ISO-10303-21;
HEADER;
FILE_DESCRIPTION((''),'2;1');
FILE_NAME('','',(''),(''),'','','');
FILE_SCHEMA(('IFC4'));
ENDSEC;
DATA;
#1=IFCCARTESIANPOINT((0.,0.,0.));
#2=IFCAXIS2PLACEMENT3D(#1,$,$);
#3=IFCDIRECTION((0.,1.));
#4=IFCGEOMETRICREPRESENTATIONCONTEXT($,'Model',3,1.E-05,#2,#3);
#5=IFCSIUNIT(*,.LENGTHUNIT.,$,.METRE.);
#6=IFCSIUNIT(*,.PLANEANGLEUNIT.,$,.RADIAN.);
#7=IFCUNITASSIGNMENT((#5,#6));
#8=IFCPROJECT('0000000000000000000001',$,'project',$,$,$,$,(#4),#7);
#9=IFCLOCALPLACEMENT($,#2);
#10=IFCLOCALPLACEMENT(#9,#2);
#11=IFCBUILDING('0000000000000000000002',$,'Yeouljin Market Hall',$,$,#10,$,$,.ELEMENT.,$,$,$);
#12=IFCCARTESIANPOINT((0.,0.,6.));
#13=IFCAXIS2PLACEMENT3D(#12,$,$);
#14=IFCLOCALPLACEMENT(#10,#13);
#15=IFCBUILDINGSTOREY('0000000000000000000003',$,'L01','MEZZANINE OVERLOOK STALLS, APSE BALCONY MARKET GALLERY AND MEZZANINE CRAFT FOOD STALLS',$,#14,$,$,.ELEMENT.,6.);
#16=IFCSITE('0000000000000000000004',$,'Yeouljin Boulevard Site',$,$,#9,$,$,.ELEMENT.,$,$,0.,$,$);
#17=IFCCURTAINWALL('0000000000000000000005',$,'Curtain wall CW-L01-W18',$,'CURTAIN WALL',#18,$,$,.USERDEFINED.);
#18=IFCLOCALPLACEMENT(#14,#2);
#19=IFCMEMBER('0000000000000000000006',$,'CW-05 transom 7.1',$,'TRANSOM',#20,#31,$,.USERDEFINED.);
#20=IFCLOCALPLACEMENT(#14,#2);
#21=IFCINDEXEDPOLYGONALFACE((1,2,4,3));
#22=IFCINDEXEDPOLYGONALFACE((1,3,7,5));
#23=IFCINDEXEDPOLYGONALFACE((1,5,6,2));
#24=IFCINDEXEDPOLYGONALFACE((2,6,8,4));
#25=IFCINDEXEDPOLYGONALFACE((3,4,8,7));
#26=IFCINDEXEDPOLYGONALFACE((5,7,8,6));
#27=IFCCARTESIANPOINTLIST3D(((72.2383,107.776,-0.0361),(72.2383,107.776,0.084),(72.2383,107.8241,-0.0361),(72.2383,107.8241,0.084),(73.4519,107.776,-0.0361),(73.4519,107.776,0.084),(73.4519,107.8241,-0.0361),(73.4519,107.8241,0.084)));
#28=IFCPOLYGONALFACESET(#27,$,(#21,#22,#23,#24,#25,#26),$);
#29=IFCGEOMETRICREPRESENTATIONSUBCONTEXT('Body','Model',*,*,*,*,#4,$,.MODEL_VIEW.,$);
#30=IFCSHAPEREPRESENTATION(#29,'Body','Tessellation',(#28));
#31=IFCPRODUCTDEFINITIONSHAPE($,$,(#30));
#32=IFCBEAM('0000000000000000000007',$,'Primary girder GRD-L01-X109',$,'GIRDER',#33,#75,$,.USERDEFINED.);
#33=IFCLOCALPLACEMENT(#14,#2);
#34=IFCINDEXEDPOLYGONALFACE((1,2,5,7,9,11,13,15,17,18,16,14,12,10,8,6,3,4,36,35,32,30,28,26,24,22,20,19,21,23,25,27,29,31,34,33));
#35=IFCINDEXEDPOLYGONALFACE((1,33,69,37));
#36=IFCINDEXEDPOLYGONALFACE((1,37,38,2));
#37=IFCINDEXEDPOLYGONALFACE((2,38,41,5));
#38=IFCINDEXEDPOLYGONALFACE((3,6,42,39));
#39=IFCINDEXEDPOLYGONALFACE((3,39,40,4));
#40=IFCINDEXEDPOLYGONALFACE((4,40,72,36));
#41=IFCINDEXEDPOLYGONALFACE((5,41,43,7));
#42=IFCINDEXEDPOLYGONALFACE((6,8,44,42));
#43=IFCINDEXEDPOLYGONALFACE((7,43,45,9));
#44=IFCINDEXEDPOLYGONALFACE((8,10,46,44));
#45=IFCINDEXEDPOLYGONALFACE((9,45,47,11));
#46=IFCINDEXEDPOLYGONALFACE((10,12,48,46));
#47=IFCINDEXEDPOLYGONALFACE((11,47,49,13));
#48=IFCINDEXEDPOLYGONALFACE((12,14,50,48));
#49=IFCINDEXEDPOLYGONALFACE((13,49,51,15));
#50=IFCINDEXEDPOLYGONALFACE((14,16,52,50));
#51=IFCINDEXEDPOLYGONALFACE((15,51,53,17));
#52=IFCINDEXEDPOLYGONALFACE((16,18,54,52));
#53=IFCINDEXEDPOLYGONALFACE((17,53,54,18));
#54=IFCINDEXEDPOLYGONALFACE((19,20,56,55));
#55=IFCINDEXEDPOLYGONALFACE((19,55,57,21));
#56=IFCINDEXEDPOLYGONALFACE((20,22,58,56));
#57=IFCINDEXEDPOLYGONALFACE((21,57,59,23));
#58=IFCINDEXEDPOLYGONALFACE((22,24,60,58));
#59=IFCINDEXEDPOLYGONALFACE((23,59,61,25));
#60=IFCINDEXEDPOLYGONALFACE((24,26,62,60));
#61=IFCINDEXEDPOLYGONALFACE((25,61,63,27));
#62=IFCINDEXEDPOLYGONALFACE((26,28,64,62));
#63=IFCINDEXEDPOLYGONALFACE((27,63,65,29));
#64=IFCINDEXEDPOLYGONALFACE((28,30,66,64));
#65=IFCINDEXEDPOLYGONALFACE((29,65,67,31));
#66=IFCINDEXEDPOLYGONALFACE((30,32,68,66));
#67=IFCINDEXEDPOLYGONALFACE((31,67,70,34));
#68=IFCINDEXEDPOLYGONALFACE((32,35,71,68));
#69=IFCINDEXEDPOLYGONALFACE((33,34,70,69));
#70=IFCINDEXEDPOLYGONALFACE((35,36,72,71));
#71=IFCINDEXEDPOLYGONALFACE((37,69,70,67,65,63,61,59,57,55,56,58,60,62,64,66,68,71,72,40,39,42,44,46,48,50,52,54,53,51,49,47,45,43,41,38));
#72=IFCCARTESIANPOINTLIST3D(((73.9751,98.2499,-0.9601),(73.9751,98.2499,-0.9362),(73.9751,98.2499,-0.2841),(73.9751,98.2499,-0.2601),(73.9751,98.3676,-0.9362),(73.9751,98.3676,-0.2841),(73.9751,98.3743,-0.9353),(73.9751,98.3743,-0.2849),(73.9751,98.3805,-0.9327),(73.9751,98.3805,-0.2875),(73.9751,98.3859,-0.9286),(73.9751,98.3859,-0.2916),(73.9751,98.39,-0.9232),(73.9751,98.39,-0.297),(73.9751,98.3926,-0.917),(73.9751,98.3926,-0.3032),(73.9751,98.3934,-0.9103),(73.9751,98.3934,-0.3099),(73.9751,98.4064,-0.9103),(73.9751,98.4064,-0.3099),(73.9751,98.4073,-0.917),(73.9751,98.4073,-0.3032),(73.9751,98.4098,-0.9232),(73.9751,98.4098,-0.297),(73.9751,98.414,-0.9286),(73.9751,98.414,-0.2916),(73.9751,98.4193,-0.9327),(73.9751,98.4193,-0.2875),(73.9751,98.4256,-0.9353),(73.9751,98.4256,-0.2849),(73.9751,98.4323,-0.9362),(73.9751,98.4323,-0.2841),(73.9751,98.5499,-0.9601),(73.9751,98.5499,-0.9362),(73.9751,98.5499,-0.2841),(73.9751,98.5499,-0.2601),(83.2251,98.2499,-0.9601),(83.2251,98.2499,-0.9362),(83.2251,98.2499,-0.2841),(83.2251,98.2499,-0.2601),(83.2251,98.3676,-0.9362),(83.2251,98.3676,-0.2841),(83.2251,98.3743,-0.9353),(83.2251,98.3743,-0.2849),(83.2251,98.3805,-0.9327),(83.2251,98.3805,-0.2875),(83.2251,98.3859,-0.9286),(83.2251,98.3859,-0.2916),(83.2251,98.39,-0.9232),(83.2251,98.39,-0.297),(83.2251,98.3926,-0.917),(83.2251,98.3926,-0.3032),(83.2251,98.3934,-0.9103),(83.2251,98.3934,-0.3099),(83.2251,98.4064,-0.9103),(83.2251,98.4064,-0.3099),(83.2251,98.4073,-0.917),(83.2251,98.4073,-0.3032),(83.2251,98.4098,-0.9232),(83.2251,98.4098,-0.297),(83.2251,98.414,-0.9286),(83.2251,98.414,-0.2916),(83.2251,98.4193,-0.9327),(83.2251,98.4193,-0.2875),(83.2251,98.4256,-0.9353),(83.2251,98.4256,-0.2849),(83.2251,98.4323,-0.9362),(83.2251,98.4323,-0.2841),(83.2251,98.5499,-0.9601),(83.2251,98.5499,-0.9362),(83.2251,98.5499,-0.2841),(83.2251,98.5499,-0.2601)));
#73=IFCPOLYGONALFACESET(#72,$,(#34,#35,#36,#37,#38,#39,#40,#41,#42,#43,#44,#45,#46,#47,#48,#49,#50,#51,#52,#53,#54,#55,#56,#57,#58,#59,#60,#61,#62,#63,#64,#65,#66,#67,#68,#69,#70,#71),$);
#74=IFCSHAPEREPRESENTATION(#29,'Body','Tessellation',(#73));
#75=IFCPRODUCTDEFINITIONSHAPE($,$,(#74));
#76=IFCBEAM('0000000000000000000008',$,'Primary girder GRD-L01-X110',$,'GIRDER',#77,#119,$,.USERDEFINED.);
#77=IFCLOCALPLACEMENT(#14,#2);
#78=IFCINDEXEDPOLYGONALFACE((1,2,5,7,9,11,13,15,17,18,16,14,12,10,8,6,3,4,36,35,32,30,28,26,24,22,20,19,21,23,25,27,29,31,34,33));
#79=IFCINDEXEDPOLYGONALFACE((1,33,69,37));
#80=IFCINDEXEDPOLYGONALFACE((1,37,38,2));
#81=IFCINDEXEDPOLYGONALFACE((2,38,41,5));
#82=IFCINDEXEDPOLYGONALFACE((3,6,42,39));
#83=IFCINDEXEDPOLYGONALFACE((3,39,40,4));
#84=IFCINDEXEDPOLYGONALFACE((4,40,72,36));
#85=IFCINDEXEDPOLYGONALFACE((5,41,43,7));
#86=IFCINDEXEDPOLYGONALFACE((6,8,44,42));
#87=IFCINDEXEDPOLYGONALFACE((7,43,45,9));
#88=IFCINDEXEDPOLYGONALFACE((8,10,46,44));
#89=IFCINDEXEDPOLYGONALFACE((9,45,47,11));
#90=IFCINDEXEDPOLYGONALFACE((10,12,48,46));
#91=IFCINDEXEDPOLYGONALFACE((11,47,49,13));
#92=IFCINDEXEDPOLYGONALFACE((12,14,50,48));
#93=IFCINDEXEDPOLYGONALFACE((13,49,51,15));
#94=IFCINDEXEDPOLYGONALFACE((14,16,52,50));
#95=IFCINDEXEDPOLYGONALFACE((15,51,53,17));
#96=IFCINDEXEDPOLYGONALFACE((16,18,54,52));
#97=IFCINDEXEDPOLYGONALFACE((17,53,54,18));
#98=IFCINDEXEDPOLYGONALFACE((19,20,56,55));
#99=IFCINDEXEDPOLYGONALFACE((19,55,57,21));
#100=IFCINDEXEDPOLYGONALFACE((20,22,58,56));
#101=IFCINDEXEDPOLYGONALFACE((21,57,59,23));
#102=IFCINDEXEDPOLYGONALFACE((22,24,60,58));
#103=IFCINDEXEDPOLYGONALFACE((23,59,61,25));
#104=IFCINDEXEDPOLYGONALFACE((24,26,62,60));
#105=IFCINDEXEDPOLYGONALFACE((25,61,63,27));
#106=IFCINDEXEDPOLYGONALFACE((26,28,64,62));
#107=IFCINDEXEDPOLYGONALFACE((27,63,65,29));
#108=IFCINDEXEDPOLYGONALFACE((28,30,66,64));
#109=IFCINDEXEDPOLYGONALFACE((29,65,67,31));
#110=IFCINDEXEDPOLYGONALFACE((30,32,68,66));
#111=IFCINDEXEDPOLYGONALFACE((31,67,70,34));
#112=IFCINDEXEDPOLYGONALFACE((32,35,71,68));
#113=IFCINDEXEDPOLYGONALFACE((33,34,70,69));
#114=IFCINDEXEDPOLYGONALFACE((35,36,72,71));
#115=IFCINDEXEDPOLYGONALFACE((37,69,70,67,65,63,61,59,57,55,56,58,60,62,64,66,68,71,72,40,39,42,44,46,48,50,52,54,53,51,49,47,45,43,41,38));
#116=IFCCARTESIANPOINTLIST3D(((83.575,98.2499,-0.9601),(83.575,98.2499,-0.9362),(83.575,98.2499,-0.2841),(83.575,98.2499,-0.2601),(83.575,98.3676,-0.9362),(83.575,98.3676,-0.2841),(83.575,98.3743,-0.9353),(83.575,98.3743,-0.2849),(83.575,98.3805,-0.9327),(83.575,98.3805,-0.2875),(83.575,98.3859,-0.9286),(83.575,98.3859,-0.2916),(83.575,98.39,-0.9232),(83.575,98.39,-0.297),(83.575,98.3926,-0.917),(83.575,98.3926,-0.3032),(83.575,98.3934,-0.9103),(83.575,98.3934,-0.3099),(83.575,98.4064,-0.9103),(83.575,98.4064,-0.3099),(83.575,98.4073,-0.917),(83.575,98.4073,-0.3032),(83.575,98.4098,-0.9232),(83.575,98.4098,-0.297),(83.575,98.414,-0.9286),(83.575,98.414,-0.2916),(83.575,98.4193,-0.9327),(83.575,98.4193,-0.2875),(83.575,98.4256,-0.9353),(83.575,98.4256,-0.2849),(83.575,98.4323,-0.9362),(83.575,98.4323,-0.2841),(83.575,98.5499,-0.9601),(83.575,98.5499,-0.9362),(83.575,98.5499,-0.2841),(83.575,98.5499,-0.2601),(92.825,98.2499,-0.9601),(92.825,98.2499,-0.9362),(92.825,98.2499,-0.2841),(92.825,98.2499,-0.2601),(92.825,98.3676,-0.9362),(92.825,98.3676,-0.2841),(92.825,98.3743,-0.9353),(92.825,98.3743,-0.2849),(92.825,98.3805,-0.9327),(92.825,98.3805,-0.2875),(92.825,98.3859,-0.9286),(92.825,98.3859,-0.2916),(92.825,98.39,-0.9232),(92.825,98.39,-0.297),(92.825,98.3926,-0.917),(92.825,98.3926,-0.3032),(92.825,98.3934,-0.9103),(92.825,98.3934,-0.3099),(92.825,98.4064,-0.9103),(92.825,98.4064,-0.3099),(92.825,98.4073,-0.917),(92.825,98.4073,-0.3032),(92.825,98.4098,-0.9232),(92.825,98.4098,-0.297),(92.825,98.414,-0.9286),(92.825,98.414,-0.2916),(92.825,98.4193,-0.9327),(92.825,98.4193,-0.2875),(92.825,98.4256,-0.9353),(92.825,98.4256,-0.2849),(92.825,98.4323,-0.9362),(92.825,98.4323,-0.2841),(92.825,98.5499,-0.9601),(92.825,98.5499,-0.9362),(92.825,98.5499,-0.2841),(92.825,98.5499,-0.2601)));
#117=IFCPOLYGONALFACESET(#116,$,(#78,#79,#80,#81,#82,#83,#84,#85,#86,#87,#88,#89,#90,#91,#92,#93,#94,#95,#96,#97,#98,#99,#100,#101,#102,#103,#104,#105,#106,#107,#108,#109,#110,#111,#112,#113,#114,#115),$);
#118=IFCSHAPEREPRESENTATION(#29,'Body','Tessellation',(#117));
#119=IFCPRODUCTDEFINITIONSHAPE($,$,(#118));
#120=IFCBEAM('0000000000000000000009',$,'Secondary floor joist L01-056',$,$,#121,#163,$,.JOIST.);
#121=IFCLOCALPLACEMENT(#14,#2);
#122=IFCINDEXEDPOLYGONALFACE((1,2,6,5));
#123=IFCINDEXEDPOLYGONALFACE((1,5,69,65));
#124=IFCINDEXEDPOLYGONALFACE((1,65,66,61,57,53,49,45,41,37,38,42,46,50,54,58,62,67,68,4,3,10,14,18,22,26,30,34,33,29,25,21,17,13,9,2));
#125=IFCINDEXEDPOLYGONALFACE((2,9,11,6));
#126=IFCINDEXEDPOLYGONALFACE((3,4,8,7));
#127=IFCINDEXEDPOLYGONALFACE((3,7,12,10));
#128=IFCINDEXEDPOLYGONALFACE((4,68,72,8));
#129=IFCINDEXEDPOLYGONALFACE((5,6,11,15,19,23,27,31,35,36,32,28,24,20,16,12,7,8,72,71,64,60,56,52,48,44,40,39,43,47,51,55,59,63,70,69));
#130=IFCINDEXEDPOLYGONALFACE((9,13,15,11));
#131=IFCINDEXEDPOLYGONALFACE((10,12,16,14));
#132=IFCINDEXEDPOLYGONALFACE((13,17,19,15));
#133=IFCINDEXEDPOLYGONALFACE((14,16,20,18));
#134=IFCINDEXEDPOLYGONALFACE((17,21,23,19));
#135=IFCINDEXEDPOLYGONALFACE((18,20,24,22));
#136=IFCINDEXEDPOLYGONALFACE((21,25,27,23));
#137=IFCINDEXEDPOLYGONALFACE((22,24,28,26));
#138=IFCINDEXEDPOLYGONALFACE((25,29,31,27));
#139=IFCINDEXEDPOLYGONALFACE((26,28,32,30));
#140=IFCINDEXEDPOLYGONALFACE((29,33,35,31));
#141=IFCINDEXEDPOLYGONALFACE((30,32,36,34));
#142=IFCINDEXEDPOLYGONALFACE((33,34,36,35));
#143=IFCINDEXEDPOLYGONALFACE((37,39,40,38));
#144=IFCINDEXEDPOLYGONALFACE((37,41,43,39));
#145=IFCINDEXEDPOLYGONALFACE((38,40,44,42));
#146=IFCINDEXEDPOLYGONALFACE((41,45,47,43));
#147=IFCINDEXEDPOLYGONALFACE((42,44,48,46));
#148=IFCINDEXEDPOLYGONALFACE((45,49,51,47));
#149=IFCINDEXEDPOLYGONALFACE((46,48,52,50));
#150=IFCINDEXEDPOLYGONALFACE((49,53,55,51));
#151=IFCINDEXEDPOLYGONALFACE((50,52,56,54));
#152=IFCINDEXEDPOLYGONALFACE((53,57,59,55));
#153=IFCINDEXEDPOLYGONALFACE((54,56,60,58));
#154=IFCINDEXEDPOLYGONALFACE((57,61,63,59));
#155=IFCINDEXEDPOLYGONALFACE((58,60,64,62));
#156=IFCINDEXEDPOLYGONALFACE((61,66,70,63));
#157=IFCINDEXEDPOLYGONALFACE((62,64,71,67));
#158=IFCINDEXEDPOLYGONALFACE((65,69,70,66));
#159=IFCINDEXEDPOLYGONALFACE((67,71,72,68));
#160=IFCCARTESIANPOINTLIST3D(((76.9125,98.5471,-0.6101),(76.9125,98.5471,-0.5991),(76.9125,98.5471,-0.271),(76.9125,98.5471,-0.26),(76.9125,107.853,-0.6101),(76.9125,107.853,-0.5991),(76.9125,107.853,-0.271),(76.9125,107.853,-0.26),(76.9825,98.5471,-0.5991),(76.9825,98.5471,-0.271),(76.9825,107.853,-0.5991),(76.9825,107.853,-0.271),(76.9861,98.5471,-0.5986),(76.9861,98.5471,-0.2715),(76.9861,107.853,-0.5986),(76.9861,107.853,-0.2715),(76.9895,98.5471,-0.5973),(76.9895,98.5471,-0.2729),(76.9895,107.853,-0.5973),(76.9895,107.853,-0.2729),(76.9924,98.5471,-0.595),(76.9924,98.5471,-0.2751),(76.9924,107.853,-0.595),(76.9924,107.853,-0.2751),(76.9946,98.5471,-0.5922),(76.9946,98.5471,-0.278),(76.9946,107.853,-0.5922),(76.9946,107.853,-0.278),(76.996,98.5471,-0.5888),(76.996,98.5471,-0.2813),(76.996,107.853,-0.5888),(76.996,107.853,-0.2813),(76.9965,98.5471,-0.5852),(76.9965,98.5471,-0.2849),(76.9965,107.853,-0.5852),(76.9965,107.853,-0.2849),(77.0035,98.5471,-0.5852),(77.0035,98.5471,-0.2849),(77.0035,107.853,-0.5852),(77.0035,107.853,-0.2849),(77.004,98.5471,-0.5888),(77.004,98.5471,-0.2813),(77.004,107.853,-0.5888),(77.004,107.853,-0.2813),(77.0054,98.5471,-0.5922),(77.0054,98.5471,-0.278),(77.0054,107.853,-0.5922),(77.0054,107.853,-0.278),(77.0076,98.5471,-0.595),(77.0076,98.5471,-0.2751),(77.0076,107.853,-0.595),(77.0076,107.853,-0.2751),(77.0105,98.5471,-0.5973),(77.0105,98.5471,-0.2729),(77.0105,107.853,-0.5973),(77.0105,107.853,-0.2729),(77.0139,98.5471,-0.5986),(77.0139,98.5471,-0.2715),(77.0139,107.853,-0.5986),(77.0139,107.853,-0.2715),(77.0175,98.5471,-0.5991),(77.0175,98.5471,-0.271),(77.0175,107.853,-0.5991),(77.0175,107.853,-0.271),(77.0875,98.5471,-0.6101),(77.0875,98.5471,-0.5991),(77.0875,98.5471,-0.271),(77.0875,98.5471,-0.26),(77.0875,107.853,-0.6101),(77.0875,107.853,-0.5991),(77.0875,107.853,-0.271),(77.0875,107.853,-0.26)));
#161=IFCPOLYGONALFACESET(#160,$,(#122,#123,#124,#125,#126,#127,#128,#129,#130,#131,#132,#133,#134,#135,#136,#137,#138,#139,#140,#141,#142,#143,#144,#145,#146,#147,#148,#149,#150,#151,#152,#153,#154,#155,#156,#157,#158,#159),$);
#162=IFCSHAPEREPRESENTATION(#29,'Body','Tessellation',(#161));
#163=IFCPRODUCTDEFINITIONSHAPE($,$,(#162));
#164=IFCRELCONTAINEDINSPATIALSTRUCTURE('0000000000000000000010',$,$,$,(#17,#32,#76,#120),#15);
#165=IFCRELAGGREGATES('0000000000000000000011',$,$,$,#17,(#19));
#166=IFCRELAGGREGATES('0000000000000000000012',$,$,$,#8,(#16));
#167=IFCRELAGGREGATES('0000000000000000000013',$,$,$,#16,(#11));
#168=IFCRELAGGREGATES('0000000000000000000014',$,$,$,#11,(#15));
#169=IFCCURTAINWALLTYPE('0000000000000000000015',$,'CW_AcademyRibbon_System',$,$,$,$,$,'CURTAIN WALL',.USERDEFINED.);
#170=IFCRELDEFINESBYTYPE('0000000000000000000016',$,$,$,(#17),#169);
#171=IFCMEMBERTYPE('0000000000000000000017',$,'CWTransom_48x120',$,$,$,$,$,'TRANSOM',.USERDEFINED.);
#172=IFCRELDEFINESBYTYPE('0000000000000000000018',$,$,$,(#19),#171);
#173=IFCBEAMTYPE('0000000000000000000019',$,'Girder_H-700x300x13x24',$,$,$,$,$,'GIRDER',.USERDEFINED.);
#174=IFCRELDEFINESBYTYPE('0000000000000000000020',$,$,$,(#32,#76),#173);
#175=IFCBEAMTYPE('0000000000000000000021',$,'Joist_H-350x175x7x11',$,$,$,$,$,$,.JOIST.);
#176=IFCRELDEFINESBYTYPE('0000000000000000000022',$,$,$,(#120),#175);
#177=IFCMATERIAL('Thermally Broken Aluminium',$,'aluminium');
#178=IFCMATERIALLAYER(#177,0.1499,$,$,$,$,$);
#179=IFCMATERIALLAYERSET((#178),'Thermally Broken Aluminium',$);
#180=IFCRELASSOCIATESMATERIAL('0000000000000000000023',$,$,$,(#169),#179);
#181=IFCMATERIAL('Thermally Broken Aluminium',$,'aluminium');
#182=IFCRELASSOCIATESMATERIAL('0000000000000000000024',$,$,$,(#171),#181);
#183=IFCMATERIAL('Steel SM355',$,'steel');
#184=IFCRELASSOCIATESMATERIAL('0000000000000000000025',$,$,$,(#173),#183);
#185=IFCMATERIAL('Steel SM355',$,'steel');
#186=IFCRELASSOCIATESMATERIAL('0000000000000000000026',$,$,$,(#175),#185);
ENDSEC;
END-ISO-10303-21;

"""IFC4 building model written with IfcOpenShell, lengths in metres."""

from ifc_helpers import new_model, si_unit, direction, frame, origin, origin_2d, place, context, subcontext, project, spatial, rectangle, i_section, extrude, material, layer, layer_set, material_profile, profile_set, type_object, element, aggregate, save


model = new_model("IFC4")

# Units and contexts
model_context = context("Model", 3, precision=1e-05, world=origin(), true_north=direction((0.0, 1.0)))
body_context = subcontext(model_context, "Body", "Model", "MODEL_VIEW")
ifc_project = project(units=[si_unit("LENGTHUNIT", "METRE"), si_unit("PLANEANGLEUNIT", "RADIAN")], contexts=[model_context])

# Site, building, storey
site_placement = place(None, origin())
site = spatial("IfcSite", under=ifc_project, at=site_placement, Name="Yeouljin Boulevard Site", CompositionType="ELEMENT", RefElevation=0.0)
building_placement = place(site_placement, origin())
building = spatial("IfcBuilding", under=site, at=building_placement, Name="Yeouljin Market Hall", CompositionType="ELEMENT")
storey_placement = place(building_placement, frame((0.0, 0.0, 6.0)))
storey = spatial("IfcBuildingStorey", under=building, at=storey_placement, Name="L01", Description="MEZZANINE OVERLOOK STALLS, APSE BALCONY MARKET GALLERY AND MEZZANINE CRAFT FOOD STALLS", CompositionType="ELEMENT", Elevation=6.0)

# Curtain wall, member
ifc_material_1 = material(Name="Thermally Broken Aluminium", Category="aluminium")
ifc_layer_1 = layer(ifc_material_1, 0.1499)
ifc_layer_set_1 = layer_set([ifc_layer_1], Name="Thermally Broken Aluminium")
curtain_wall_type = type_object("IfcCurtainWallType", Name="CW_AcademyRibbon_System", ElementType="CURTAIN WALL", PredefinedType="USERDEFINED", material=ifc_layer_set_1)
curtain_wall_placement = place(storey_placement, origin())
curtain_wall = element("IfcCurtainWall", 1, at=curtain_wall_placement, inside=storey, type_object=curtain_wall_type, Name="Curtain wall CW-L01-W18", ObjectType="CURTAIN WALL", PredefinedType="USERDEFINED")
ifc_material_2 = material(Name="Thermally Broken Aluminium", Category="aluminium")
ifc_material_profile_1 = material_profile(ifc_material_2, rectangle(XDim=0.0481, YDim=0.1201, at=origin_2d()), Name="CW-TRAN-48x120")
ifc_profile_set_1 = profile_set([ifc_material_profile_1], Name="Thermally Broken Aluminium")
member_type_1 = type_object("IfcMemberType", Name="CWTransom_48x120", ElementType="TRANSOM", PredefinedType="USERDEFINED", material=ifc_profile_set_1)
member_1_placement = place(storey_placement, frame((72.2383, 107.8, 0.0239), z_axis=(1.0, 0.0, 0.0), x_axis=(0.0, 1.0, 0.0)))
member_1 = element("IfcMember", 2, at=member_1_placement, type_object=member_type_1, Name="CW-05 transom 7.1", ObjectType="TRANSOM", PredefinedType="USERDEFINED", context=body_context, shape_type="SweptSolid", body=[
    extrude(rectangle(XDim=0.0481, YDim=0.1201, at=origin_2d()), origin(), (0.0, 0.0, 1.0), 1.2136),
])

# Beams
ifc_material_3 = material(Name="Steel SM355", Category="steel")
ifc_material_profile_2 = material_profile(ifc_material_3, i_section(OverallWidth=0.3, OverallDepth=0.7, WebThickness=0.0129, FlangeThickness=0.0239, FilletRadius=0.0259, at=origin_2d()), Name="H-700x300x13x24")
ifc_profile_set_2 = profile_set([ifc_material_profile_2], Name="Steel SM355")
beam_type_1 = type_object("IfcBeamType", Name="Girder_H-700x300x13x24", ElementType="GIRDER", PredefinedType="USERDEFINED", material=ifc_profile_set_2)
for number, where, z_axis, x_axis, name in (
    (3, (73.9751, 98.3999, -0.6101), (1.0, 0.0, 0.0), (0.0, 1.0, 0.0), "Primary girder GRD-L01-X109"),
    (4, (83.575, 98.3999, -0.6101), (1.0, 0.0, 0.0), (0.0, 1.0, 0.0), "Primary girder GRD-L01-X110"),
):
    element("IfcBeam", number, at=place(storey_placement, frame(where, z_axis=z_axis, x_axis=x_axis)), inside=storey, type_object=beam_type_1, Name=name, ObjectType="GIRDER", PredefinedType="USERDEFINED", context=body_context, shape_type="SweptSolid", body=[
        extrude(i_section(OverallWidth=0.3, OverallDepth=0.7, WebThickness=0.0129, FlangeThickness=0.0239, FilletRadius=0.0259, at=origin_2d()), origin(), (0.0, 0.0, 1.0), 9.25),
    ])
ifc_material_4 = material(Name="Steel SM355", Category="steel")
ifc_material_profile_3 = material_profile(ifc_material_4, i_section(OverallWidth=0.175, OverallDepth=0.3501, WebThickness=0.0071, FlangeThickness=0.011, FilletRadius=0.0139, at=origin_2d()), Name="H-350x175x7x11")
ifc_profile_set_3 = profile_set([ifc_material_profile_3], Name="Steel SM355")
beam_type_2 = type_object("IfcBeamType", Name="Joist_H-350x175x7x11", PredefinedType="JOIST", material=ifc_profile_set_3)
for number, where, z_axis, x_axis, name in (
    (5, (77.0, 98.5471, -0.4351), (0.0, 1.0, 0.0), (-1.0, 0.0, 0.0), "Secondary floor joist L01-056"),
):
    element("IfcBeam", number, at=place(storey_placement, frame(where, z_axis=z_axis, x_axis=x_axis)), inside=storey, type_object=beam_type_2, Name=name, PredefinedType="JOIST", context=body_context, shape_type="SweptSolid", body=[
        extrude(i_section(OverallWidth=0.175, OverallDepth=0.3501, WebThickness=0.0071, FlangeThickness=0.011, FilletRadius=0.0139, at=origin_2d()), origin(), (0.0, 0.0, 1.0), 9.3059),
    ])

aggregate(curtain_wall, [member_1])

save(model, "model.ifc")
